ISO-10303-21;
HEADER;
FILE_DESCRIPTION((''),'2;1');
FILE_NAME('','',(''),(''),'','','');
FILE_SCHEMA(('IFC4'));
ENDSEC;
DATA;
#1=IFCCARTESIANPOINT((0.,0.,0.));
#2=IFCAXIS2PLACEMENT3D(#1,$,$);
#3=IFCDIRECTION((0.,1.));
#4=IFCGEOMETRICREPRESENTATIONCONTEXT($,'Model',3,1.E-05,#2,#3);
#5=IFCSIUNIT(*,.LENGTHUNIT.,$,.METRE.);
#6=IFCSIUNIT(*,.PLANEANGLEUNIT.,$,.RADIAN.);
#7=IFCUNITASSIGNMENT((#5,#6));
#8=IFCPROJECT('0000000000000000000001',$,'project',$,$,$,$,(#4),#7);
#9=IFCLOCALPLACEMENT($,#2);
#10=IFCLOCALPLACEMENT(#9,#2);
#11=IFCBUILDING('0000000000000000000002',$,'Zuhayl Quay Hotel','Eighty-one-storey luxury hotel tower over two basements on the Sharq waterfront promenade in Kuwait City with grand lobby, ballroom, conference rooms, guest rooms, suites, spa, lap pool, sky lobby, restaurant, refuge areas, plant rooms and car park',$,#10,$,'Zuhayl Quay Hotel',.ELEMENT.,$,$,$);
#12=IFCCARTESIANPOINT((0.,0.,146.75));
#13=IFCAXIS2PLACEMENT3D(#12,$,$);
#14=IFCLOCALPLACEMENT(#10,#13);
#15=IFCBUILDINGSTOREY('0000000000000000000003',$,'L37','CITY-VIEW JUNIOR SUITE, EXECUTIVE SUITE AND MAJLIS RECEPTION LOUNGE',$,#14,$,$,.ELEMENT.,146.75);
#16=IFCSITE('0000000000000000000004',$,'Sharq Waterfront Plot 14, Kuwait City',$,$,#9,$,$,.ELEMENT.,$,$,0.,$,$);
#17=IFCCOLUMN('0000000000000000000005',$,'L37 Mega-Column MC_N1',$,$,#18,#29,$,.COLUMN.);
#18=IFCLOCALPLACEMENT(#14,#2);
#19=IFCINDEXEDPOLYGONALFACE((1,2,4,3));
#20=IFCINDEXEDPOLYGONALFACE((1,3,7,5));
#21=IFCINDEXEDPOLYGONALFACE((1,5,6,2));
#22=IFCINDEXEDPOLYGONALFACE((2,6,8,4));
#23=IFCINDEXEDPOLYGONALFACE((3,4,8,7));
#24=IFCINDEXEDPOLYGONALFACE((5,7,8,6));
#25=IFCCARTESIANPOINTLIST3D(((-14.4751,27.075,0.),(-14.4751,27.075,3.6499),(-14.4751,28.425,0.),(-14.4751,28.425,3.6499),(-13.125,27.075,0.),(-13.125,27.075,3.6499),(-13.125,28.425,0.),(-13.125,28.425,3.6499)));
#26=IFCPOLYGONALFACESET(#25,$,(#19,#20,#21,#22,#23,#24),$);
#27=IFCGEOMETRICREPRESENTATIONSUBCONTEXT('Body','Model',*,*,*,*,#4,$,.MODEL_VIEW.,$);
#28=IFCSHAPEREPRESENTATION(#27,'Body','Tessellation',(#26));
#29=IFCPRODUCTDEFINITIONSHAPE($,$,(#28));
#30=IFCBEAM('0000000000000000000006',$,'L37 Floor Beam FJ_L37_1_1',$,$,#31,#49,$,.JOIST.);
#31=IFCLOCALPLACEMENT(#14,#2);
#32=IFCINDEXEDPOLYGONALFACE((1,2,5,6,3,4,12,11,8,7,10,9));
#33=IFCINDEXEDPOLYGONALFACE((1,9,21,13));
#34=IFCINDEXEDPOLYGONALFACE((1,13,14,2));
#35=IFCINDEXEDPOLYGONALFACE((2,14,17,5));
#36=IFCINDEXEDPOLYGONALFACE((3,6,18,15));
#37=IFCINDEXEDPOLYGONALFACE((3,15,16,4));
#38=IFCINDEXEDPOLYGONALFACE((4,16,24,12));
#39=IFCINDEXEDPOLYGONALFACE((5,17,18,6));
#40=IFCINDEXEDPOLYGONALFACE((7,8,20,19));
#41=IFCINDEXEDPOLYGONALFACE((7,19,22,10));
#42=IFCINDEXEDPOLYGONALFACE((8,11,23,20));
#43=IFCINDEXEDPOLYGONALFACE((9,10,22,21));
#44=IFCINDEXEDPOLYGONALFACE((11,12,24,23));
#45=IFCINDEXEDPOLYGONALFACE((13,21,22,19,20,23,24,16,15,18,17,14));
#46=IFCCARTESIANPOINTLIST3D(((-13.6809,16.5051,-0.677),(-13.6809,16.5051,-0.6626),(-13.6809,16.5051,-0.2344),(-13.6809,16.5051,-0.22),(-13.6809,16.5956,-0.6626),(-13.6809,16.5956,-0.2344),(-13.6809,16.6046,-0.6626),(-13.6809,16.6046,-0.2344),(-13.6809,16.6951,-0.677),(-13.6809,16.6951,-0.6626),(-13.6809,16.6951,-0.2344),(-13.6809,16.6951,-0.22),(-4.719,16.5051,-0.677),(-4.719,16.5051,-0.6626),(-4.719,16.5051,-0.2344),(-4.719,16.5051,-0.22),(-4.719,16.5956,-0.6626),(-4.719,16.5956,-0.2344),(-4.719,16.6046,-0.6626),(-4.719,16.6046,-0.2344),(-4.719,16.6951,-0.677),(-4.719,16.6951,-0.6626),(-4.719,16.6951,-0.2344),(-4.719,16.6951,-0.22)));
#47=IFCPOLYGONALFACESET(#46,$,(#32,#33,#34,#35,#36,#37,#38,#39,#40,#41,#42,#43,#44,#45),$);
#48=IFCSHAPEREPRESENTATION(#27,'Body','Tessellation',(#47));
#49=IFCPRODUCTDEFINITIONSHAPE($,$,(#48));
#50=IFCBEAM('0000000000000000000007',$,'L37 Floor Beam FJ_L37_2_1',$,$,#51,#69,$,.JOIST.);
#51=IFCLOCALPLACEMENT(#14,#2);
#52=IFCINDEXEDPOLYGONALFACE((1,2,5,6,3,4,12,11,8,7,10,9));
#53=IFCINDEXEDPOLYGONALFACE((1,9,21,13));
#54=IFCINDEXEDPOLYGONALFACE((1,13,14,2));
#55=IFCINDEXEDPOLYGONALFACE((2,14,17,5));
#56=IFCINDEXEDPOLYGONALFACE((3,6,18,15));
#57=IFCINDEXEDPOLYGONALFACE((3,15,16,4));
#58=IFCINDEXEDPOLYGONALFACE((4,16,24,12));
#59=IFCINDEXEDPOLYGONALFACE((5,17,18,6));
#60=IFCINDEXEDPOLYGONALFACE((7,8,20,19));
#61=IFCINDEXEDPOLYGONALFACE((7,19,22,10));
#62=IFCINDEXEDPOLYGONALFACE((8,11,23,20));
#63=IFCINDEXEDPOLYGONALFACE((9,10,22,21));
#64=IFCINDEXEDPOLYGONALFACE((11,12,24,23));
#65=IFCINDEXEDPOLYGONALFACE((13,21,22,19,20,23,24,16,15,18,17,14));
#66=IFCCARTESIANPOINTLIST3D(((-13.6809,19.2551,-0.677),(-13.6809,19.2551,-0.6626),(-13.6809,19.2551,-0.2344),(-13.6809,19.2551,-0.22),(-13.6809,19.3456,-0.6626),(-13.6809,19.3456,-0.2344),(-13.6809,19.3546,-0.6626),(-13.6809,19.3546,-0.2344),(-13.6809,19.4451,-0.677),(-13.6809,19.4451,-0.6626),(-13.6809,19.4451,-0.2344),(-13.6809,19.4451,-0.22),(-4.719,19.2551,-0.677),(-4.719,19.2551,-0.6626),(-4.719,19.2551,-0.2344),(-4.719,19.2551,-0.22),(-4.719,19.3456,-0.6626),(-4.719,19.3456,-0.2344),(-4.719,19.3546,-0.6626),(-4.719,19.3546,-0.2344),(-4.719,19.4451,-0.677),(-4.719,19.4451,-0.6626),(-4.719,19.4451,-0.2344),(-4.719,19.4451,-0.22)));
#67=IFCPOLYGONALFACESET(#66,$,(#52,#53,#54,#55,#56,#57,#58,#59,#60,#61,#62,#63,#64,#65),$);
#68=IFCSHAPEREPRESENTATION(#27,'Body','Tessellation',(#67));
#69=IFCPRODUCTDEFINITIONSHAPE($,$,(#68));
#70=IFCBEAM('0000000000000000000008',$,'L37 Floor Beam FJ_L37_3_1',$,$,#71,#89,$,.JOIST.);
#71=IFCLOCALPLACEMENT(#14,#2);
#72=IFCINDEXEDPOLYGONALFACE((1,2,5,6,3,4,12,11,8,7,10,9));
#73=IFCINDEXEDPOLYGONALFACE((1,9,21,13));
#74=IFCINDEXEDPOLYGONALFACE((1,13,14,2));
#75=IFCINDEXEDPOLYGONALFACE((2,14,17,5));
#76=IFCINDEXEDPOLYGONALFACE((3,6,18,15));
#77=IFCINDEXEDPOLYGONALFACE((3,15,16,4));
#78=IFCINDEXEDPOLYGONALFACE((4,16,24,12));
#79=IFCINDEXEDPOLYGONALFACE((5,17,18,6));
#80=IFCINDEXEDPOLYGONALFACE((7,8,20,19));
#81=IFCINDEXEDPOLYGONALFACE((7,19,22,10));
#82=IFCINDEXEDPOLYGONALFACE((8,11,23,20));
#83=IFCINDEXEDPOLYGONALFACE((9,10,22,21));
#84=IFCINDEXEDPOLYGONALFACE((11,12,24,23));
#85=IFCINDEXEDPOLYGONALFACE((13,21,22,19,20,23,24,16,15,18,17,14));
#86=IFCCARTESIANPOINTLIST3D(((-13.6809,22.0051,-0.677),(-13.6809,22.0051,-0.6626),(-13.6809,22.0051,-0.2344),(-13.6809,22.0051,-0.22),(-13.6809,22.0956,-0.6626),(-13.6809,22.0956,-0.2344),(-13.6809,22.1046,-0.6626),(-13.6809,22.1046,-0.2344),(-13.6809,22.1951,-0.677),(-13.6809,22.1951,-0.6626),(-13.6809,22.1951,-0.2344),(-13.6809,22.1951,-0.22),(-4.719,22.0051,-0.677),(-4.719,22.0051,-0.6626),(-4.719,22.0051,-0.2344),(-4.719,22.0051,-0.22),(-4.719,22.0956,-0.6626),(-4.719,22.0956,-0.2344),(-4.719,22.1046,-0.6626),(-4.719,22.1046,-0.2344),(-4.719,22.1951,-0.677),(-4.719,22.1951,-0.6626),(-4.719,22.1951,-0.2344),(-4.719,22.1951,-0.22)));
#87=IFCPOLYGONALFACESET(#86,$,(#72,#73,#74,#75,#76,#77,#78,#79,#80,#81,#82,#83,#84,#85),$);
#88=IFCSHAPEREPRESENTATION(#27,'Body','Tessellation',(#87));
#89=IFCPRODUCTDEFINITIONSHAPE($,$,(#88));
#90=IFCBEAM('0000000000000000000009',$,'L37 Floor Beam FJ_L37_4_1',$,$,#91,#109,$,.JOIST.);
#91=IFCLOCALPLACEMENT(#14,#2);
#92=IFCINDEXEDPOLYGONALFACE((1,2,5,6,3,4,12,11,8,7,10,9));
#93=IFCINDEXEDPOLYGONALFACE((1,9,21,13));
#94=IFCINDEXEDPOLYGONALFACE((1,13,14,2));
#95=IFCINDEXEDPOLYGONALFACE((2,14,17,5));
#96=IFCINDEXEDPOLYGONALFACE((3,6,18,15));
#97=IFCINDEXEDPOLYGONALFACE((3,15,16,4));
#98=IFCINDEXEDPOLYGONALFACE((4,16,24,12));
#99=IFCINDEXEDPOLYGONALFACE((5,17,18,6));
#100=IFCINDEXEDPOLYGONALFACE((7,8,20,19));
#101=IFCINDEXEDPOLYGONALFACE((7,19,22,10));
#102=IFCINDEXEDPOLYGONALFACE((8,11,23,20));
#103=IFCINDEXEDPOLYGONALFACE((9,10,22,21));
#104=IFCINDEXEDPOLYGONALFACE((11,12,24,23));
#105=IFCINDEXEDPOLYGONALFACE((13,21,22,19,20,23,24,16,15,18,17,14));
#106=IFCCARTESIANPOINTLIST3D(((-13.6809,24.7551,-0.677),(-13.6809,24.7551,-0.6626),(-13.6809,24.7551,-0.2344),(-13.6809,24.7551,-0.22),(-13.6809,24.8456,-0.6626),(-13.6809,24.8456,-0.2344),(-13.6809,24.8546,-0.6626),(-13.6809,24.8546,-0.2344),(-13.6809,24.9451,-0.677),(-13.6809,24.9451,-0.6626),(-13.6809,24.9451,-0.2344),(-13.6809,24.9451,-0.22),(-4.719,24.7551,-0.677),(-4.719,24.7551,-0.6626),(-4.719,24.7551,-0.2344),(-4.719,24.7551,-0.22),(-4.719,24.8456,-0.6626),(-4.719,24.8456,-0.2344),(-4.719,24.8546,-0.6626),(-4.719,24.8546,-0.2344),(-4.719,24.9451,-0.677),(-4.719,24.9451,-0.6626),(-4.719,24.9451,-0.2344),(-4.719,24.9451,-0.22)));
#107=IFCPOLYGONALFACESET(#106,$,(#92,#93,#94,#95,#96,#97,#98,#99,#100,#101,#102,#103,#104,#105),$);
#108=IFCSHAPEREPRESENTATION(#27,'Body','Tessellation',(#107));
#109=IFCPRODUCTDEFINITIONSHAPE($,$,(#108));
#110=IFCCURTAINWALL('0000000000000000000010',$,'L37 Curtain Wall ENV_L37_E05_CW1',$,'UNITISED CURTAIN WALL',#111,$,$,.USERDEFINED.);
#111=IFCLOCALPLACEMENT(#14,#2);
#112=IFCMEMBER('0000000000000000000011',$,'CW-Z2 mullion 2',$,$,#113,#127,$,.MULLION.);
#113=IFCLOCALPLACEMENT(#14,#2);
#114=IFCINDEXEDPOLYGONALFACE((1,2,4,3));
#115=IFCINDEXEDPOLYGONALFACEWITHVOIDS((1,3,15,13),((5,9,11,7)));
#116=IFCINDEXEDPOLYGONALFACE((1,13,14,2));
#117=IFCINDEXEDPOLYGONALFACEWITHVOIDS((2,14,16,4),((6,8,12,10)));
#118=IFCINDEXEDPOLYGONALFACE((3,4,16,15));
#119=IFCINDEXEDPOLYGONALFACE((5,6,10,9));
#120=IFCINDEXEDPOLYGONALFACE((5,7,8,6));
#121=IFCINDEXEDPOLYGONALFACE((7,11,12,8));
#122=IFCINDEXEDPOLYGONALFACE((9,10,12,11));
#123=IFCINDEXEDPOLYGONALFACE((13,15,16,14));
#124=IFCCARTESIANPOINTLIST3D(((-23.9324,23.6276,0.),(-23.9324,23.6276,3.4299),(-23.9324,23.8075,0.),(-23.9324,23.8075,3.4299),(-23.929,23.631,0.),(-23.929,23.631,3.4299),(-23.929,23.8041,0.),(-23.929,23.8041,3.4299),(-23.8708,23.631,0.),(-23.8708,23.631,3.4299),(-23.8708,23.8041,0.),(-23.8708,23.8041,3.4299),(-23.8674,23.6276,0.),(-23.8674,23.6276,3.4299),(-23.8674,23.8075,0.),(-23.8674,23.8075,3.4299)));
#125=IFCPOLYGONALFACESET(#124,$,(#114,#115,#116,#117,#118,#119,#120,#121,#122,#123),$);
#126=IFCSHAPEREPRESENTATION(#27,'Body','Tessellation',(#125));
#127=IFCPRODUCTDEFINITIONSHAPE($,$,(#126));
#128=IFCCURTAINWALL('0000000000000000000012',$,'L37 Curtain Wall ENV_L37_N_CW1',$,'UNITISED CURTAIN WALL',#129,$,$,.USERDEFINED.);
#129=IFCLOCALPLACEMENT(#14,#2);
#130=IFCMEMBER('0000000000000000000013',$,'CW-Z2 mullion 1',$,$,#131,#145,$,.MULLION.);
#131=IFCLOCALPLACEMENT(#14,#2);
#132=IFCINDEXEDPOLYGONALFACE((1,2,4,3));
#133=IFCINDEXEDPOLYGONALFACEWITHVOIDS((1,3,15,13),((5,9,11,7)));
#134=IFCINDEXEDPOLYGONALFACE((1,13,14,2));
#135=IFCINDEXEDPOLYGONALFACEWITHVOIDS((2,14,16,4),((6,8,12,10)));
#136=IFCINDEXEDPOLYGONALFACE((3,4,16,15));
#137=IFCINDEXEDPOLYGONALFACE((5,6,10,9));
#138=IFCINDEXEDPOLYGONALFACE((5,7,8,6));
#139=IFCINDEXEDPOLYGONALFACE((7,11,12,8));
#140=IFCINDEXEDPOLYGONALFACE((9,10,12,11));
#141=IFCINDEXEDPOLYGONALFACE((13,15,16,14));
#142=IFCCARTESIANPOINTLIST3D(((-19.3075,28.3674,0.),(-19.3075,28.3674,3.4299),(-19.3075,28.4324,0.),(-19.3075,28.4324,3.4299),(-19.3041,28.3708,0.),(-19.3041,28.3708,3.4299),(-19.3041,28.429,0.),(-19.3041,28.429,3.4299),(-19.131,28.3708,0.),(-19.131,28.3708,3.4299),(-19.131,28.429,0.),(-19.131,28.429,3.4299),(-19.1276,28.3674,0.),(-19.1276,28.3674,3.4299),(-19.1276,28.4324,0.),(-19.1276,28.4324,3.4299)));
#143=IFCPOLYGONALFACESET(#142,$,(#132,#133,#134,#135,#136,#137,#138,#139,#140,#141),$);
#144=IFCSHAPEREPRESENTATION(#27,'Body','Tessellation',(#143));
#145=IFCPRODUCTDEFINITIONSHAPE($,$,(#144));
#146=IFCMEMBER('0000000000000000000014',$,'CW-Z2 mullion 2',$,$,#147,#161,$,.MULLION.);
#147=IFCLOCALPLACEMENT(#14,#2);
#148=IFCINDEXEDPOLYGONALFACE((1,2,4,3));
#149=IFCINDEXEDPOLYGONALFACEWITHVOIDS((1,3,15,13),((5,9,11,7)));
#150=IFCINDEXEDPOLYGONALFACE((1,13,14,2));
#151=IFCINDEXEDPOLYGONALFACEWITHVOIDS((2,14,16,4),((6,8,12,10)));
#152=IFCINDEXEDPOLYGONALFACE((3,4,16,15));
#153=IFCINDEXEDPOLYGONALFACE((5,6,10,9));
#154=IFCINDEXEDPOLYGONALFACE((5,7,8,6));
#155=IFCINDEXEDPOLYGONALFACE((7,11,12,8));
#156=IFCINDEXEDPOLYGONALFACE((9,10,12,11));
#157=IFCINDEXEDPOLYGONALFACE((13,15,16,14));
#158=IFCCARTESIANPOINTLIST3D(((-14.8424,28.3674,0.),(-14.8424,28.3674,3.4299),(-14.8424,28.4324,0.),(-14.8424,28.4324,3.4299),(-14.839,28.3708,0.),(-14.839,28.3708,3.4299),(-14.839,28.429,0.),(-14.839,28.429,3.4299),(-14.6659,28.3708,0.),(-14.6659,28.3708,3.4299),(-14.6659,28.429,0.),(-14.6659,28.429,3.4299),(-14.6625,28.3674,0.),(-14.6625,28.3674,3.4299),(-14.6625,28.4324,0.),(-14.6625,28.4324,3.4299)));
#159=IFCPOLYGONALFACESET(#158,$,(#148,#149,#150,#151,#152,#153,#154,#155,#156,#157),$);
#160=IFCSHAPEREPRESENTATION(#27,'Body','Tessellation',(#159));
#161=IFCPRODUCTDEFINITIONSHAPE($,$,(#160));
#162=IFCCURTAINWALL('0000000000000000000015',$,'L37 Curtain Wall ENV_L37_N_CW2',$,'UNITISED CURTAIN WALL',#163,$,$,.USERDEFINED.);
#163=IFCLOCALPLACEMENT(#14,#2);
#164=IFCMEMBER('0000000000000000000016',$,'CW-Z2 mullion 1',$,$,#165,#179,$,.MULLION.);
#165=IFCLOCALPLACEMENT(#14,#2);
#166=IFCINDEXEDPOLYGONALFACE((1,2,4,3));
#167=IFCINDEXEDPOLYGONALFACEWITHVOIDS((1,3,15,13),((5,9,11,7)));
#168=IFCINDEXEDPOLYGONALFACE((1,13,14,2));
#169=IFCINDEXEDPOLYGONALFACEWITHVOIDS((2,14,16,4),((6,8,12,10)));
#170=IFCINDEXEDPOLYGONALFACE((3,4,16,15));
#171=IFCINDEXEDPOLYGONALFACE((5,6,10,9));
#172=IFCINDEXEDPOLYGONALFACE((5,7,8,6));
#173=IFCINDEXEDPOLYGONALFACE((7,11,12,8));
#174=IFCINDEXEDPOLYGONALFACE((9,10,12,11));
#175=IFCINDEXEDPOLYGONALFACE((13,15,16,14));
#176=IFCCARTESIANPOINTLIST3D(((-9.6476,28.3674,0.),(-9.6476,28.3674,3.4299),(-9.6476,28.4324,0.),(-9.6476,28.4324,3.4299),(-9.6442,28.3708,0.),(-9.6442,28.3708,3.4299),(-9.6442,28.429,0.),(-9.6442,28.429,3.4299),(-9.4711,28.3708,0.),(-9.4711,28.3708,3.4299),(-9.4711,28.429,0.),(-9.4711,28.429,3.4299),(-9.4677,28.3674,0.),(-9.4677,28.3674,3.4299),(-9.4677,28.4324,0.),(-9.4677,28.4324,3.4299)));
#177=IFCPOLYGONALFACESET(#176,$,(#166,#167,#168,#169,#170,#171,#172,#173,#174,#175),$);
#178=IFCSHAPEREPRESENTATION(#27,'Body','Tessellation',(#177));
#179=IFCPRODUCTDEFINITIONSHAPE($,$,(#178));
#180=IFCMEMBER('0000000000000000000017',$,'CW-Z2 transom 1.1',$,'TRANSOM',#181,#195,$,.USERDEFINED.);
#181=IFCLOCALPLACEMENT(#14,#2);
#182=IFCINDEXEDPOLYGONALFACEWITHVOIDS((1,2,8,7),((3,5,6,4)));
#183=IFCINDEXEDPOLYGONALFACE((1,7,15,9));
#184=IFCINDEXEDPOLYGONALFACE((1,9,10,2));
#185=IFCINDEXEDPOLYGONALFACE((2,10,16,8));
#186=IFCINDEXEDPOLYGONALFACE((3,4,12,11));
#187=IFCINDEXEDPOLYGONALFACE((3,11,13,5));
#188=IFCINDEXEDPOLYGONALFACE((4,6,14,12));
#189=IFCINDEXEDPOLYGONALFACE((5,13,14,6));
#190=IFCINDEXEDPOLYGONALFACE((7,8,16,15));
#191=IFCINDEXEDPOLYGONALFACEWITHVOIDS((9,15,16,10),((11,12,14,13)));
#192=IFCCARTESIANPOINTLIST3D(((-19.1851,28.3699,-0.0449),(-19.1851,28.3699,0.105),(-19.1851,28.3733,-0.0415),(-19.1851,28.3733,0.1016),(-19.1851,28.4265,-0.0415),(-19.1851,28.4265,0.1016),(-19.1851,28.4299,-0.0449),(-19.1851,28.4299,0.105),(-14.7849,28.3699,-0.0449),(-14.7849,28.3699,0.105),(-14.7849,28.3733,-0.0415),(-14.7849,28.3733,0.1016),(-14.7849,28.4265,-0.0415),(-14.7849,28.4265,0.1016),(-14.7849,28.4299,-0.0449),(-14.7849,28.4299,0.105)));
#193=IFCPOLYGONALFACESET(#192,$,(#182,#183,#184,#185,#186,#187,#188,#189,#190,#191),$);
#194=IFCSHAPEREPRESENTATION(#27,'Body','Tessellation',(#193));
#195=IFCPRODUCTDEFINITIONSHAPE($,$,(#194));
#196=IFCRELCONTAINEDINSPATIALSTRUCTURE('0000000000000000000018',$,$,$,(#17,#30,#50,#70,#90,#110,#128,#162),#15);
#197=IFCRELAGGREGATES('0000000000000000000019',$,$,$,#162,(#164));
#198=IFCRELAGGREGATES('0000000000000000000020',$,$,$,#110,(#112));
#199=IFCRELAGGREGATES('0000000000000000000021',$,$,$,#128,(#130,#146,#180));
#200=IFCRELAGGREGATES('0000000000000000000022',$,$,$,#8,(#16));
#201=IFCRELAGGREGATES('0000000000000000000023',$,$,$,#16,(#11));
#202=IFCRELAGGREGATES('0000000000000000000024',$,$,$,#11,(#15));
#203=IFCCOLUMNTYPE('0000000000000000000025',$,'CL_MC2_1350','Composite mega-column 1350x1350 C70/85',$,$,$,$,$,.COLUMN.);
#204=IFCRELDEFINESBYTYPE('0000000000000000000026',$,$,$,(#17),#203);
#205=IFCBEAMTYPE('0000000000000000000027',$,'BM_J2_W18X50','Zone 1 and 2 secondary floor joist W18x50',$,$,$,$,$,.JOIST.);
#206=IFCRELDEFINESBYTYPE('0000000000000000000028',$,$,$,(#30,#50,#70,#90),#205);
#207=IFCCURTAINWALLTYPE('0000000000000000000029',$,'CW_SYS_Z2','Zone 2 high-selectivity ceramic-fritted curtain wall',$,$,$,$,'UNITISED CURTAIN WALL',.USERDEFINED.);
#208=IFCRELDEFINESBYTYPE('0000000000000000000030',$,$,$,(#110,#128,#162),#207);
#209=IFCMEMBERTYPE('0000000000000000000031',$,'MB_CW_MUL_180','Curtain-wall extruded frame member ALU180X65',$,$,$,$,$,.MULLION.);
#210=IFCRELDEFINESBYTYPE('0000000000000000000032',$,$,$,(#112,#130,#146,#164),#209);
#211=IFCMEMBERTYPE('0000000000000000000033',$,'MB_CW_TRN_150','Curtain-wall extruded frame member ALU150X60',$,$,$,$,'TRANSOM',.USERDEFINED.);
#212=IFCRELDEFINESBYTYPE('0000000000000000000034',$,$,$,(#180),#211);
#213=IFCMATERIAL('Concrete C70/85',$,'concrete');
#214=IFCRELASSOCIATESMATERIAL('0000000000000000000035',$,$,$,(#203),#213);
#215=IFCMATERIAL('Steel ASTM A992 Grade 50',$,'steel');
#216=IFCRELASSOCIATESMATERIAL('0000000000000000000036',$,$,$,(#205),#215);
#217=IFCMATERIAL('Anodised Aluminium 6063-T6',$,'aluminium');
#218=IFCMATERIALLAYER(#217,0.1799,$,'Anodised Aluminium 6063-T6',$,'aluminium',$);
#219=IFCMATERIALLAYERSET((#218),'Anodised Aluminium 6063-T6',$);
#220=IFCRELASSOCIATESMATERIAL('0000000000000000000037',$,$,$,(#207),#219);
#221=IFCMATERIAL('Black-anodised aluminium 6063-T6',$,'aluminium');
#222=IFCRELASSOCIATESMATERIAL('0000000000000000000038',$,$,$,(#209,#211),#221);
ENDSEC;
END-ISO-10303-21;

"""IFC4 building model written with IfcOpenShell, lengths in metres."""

from ifc_helpers import new_model, si_unit, direction, frame, origin, origin_2d, place, context, subcontext, project, spatial, rectangle, hollow_rectangle, i_section, extrude, material, layer, layer_set, material_profile, profile_set, type_object, element, aggregate, save


model = new_model("IFC4")

# Units and contexts
model_context = context("Model", 3, precision=1e-05, world=origin(), true_north=direction((0.0, 1.0)))
body_context = subcontext(model_context, "Body", "Model", "MODEL_VIEW")
ifc_project = project(units=[si_unit("LENGTHUNIT", "METRE"), si_unit("PLANEANGLEUNIT", "RADIAN")], contexts=[model_context])

# Site, building, storey
site_placement = place(None, origin())
site = spatial("IfcSite", under=ifc_project, at=site_placement, Name="Sharq Waterfront Plot 14, Kuwait City", CompositionType="ELEMENT", RefElevation=0.0)
building_placement = place(site_placement, origin())
building = spatial("IfcBuilding", under=site, at=building_placement, Name="Zuhayl Quay Hotel", Description="Eighty-one-storey luxury hotel tower over two basements on the Sharq waterfront promenade in Kuwait City with grand lobby, ballroom, conference rooms, guest rooms, suites, spa, lap pool, sky lobby, restaurant, refuge areas, plant rooms and car park", LongName="Zuhayl Quay Hotel", CompositionType="ELEMENT")
storey_placement = place(building_placement, frame((0.0, 0.0, 146.75)))
storey = spatial("IfcBuildingStorey", under=building, at=storey_placement, Name="L37", Description="CITY-VIEW JUNIOR SUITE, EXECUTIVE SUITE AND MAJLIS RECEPTION LOUNGE", CompositionType="ELEMENT", Elevation=146.75)

# Column
ifc_material_1 = material(Name="Concrete C70/85", Category="concrete")
ifc_material_profile_1 = material_profile(ifc_material_1, rectangle(XDim=1.3501, YDim=1.3501, at=origin_2d()), Name="RC1350X1350")
ifc_profile_set_1 = profile_set([ifc_material_profile_1], Name="Concrete C70/85")
column_type = type_object("IfcColumnType", Name="CL_MC2_1350", Description="Composite mega-column 1350x1350 C70/85", PredefinedType="COLUMN", material=ifc_profile_set_1)
column_placement = place(storey_placement, frame((-13.8, 27.75, 0.0), z_axis=(0.0, 0.0, 1.0), x_axis=(1.0, 0.0, 0.0)))
element("IfcColumn", 1, at=column_placement, inside=storey, type_object=column_type, Name="L37 Mega-Column MC_N1", PredefinedType="COLUMN", context=body_context, shape_type="SweptSolid", body=[
    extrude(rectangle(XDim=1.3501, YDim=1.3501, at=origin_2d()), origin(), (0.0, 0.0, 1.0), 3.6499),
])

# Beams
ifc_material_2 = material(Name="Steel ASTM A992 Grade 50", Category="steel")
ifc_material_profile_2 = material_profile(ifc_material_2, i_section(OverallWidth=0.1899, OverallDepth=0.457, WebThickness=0.009, FlangeThickness=0.0144, at=origin_2d()), Name="W18X50")
ifc_profile_set_2 = profile_set([ifc_material_profile_2], Name="Steel ASTM A992 Grade 50")
beam_type = type_object("IfcBeamType", Name="BM_J2_W18X50", Description="Zone 1 and 2 secondary floor joist W18x50", PredefinedType="JOIST", material=ifc_profile_set_2)
for number, where, z_axis, x_axis, name in (
    (2, (-13.6809, 16.6001, -0.4485), (1.0, 0.0, 0.0), (0.0, 1.0, 0.0), "L37 Floor Beam FJ_L37_1_1"),
    (3, (-13.6809, 19.3501, -0.4485), (1.0, 0.0, 0.0), (0.0, 1.0, 0.0), "L37 Floor Beam FJ_L37_2_1"),
    (4, (-13.6809, 22.1001, -0.4485), (1.0, 0.0, 0.0), (0.0, 1.0, 0.0), "L37 Floor Beam FJ_L37_3_1"),
    (5, (-13.6809, 24.8501, -0.4485), (1.0, 0.0, 0.0), (0.0, 1.0, 0.0), "L37 Floor Beam FJ_L37_4_1"),
):
    element("IfcBeam", number, at=place(storey_placement, frame(where, z_axis=z_axis, x_axis=x_axis)), inside=storey, type_object=beam_type, Name=name, PredefinedType="JOIST", context=body_context, shape_type="SweptSolid", body=[
        extrude(i_section(OverallWidth=0.1899, OverallDepth=0.457, WebThickness=0.009, FlangeThickness=0.0144, at=origin_2d()), origin(), (0.0, 0.0, 1.0), 8.9619),
    ])

# Curtain wall, member
ifc_material_3 = material(Name="Anodised Aluminium 6063-T6", Category="aluminium")
ifc_layer_1 = layer(ifc_material_3, 0.1799, Name="Anodised Aluminium 6063-T6", Category="aluminium")
ifc_layer_set_1 = layer_set([ifc_layer_1], Name="Anodised Aluminium 6063-T6")
curtain_wall_type = type_object("IfcCurtainWallType", Name="CW_SYS_Z2", Description="Zone 2 high-selectivity ceramic-fritted curtain wall", ElementType="UNITISED CURTAIN WALL", PredefinedType="USERDEFINED", material=ifc_layer_set_1)
curtain_wall_1_placement = place(storey_placement, origin())
curtain_wall_1 = element("IfcCurtainWall", 6, at=curtain_wall_1_placement, inside=storey, type_object=curtain_wall_type, Name="L37 Curtain Wall ENV_L37_E05_CW1", ObjectType="UNITISED CURTAIN WALL", PredefinedType="USERDEFINED")
ifc_material_4 = material(Name="Black-anodised aluminium 6063-T6", Category="aluminium")
ifc_material_profile_3 = material_profile(ifc_material_4, hollow_rectangle(XDim=0.0649, YDim=0.1799, WallThickness=0.0034, at=origin_2d()), Name="ALU180X65")
ifc_profile_set_3 = profile_set([ifc_material_profile_3], Name="Black-anodised aluminium 6063-T6")
member_type_1 = type_object("IfcMemberType", Name="MB_CW_MUL_180", Description="Curtain-wall extruded frame member ALU180X65", PredefinedType="MULLION", material=ifc_profile_set_3)
member_1_placement = place(storey_placement, frame((-23.8999, 23.7175, 0.0), z_axis=(0.0, 0.0, 1.0), x_axis=(-1.0, 0.0, 0.0)))
member_1 = element("IfcMember", 7, at=member_1_placement, type_object=member_type_1, Name="CW-Z2 mullion 2", PredefinedType="MULLION", context=body_context, shape_type="SweptSolid", body=[
    extrude(hollow_rectangle(XDim=0.0649, YDim=0.1799, WallThickness=0.0034, at=origin_2d()), origin(), (0.0, 0.0, 1.0), 3.4299),
])

# Curtain wall, members
curtain_wall_2_placement = place(storey_placement, origin())
curtain_wall_2 = element("IfcCurtainWall", 8, at=curtain_wall_2_placement, inside=storey, type_object=curtain_wall_type, Name="L37 Curtain Wall ENV_L37_N_CW1", ObjectType="UNITISED CURTAIN WALL", PredefinedType="USERDEFINED")
member_2_placement = place(storey_placement, frame((-19.2175, 28.3999, 0.0), z_axis=(0.0, 0.0, 1.0), x_axis=(0.0, 1.0, 0.0)))
member_2 = element("IfcMember", 9, at=member_2_placement, type_object=member_type_1, Name="CW-Z2 mullion 1", PredefinedType="MULLION", context=body_context, shape_type="SweptSolid", body=[
    extrude(hollow_rectangle(XDim=0.0649, YDim=0.1799, WallThickness=0.0034, at=origin_2d()), origin(), (0.0, 0.0, 1.0), 3.4299),
])
member_3_placement = place(storey_placement, frame((-14.7524, 28.3999, 0.0), z_axis=(0.0, 0.0, 1.0), x_axis=(0.0, 1.0, 0.0)))
member_3 = element("IfcMember", 10, at=member_3_placement, type_object=member_type_1, Name="CW-Z2 mullion 2", PredefinedType="MULLION", context=body_context, shape_type="SweptSolid", body=[
    extrude(hollow_rectangle(XDim=0.0649, YDim=0.1799, WallThickness=0.0034, at=origin_2d()), origin(), (0.0, 0.0, 1.0), 3.4299),
])

# Curtain wall, member
curtain_wall_3_placement = place(storey_placement, origin())
curtain_wall_3 = element("IfcCurtainWall", 11, at=curtain_wall_3_placement, inside=storey, type_object=curtain_wall_type, Name="L37 Curtain Wall ENV_L37_N_CW2", ObjectType="UNITISED CURTAIN WALL", PredefinedType="USERDEFINED")
member_4_placement = place(storey_placement, frame((-9.5576, 28.3999, 0.0), z_axis=(0.0, 0.0, 1.0), x_axis=(0.0, 1.0, 0.0)))
member_4 = element("IfcMember", 12, at=member_4_placement, type_object=member_type_1, Name="CW-Z2 mullion 1", PredefinedType="MULLION", context=body_context, shape_type="SweptSolid", body=[
    extrude(hollow_rectangle(XDim=0.0649, YDim=0.1799, WallThickness=0.0034, at=origin_2d()), origin(), (0.0, 0.0, 1.0), 3.4299),
])

# Member
ifc_material_profile_4 = material_profile(ifc_material_4, hollow_rectangle(XDim=0.0601, YDim=0.1499, WallThickness=0.0034, at=origin_2d()), Name="ALU150X60")
ifc_profile_set_4 = profile_set([ifc_material_profile_4], Name="Black-anodised aluminium 6063-T6")
member_type_2 = type_object("IfcMemberType", Name="MB_CW_TRN_150", Description="Curtain-wall extruded frame member ALU150X60", ElementType="TRANSOM", PredefinedType="USERDEFINED", material=ifc_profile_set_4)
member_5_placement = place(storey_placement, frame((-19.1851, 28.3999, 0.03), z_axis=(1.0, 0.0, 0.0), x_axis=(0.0, 1.0, 0.0)))
member_5 = element("IfcMember", 13, at=member_5_placement, type_object=member_type_2, Name="CW-Z2 transom 1.1", ObjectType="TRANSOM", PredefinedType="USERDEFINED", context=body_context, shape_type="SweptSolid", body=[
    extrude(hollow_rectangle(XDim=0.0601, YDim=0.1499, WallThickness=0.0034, at=origin_2d()), origin(), (0.0, 0.0, 1.0), 4.4001),
])
aggregate(curtain_wall_3, [member_4])

aggregate(curtain_wall_1, [member_1])
aggregate(curtain_wall_2, [member_2, member_3, member_5])

save(model, "model.ifc")
